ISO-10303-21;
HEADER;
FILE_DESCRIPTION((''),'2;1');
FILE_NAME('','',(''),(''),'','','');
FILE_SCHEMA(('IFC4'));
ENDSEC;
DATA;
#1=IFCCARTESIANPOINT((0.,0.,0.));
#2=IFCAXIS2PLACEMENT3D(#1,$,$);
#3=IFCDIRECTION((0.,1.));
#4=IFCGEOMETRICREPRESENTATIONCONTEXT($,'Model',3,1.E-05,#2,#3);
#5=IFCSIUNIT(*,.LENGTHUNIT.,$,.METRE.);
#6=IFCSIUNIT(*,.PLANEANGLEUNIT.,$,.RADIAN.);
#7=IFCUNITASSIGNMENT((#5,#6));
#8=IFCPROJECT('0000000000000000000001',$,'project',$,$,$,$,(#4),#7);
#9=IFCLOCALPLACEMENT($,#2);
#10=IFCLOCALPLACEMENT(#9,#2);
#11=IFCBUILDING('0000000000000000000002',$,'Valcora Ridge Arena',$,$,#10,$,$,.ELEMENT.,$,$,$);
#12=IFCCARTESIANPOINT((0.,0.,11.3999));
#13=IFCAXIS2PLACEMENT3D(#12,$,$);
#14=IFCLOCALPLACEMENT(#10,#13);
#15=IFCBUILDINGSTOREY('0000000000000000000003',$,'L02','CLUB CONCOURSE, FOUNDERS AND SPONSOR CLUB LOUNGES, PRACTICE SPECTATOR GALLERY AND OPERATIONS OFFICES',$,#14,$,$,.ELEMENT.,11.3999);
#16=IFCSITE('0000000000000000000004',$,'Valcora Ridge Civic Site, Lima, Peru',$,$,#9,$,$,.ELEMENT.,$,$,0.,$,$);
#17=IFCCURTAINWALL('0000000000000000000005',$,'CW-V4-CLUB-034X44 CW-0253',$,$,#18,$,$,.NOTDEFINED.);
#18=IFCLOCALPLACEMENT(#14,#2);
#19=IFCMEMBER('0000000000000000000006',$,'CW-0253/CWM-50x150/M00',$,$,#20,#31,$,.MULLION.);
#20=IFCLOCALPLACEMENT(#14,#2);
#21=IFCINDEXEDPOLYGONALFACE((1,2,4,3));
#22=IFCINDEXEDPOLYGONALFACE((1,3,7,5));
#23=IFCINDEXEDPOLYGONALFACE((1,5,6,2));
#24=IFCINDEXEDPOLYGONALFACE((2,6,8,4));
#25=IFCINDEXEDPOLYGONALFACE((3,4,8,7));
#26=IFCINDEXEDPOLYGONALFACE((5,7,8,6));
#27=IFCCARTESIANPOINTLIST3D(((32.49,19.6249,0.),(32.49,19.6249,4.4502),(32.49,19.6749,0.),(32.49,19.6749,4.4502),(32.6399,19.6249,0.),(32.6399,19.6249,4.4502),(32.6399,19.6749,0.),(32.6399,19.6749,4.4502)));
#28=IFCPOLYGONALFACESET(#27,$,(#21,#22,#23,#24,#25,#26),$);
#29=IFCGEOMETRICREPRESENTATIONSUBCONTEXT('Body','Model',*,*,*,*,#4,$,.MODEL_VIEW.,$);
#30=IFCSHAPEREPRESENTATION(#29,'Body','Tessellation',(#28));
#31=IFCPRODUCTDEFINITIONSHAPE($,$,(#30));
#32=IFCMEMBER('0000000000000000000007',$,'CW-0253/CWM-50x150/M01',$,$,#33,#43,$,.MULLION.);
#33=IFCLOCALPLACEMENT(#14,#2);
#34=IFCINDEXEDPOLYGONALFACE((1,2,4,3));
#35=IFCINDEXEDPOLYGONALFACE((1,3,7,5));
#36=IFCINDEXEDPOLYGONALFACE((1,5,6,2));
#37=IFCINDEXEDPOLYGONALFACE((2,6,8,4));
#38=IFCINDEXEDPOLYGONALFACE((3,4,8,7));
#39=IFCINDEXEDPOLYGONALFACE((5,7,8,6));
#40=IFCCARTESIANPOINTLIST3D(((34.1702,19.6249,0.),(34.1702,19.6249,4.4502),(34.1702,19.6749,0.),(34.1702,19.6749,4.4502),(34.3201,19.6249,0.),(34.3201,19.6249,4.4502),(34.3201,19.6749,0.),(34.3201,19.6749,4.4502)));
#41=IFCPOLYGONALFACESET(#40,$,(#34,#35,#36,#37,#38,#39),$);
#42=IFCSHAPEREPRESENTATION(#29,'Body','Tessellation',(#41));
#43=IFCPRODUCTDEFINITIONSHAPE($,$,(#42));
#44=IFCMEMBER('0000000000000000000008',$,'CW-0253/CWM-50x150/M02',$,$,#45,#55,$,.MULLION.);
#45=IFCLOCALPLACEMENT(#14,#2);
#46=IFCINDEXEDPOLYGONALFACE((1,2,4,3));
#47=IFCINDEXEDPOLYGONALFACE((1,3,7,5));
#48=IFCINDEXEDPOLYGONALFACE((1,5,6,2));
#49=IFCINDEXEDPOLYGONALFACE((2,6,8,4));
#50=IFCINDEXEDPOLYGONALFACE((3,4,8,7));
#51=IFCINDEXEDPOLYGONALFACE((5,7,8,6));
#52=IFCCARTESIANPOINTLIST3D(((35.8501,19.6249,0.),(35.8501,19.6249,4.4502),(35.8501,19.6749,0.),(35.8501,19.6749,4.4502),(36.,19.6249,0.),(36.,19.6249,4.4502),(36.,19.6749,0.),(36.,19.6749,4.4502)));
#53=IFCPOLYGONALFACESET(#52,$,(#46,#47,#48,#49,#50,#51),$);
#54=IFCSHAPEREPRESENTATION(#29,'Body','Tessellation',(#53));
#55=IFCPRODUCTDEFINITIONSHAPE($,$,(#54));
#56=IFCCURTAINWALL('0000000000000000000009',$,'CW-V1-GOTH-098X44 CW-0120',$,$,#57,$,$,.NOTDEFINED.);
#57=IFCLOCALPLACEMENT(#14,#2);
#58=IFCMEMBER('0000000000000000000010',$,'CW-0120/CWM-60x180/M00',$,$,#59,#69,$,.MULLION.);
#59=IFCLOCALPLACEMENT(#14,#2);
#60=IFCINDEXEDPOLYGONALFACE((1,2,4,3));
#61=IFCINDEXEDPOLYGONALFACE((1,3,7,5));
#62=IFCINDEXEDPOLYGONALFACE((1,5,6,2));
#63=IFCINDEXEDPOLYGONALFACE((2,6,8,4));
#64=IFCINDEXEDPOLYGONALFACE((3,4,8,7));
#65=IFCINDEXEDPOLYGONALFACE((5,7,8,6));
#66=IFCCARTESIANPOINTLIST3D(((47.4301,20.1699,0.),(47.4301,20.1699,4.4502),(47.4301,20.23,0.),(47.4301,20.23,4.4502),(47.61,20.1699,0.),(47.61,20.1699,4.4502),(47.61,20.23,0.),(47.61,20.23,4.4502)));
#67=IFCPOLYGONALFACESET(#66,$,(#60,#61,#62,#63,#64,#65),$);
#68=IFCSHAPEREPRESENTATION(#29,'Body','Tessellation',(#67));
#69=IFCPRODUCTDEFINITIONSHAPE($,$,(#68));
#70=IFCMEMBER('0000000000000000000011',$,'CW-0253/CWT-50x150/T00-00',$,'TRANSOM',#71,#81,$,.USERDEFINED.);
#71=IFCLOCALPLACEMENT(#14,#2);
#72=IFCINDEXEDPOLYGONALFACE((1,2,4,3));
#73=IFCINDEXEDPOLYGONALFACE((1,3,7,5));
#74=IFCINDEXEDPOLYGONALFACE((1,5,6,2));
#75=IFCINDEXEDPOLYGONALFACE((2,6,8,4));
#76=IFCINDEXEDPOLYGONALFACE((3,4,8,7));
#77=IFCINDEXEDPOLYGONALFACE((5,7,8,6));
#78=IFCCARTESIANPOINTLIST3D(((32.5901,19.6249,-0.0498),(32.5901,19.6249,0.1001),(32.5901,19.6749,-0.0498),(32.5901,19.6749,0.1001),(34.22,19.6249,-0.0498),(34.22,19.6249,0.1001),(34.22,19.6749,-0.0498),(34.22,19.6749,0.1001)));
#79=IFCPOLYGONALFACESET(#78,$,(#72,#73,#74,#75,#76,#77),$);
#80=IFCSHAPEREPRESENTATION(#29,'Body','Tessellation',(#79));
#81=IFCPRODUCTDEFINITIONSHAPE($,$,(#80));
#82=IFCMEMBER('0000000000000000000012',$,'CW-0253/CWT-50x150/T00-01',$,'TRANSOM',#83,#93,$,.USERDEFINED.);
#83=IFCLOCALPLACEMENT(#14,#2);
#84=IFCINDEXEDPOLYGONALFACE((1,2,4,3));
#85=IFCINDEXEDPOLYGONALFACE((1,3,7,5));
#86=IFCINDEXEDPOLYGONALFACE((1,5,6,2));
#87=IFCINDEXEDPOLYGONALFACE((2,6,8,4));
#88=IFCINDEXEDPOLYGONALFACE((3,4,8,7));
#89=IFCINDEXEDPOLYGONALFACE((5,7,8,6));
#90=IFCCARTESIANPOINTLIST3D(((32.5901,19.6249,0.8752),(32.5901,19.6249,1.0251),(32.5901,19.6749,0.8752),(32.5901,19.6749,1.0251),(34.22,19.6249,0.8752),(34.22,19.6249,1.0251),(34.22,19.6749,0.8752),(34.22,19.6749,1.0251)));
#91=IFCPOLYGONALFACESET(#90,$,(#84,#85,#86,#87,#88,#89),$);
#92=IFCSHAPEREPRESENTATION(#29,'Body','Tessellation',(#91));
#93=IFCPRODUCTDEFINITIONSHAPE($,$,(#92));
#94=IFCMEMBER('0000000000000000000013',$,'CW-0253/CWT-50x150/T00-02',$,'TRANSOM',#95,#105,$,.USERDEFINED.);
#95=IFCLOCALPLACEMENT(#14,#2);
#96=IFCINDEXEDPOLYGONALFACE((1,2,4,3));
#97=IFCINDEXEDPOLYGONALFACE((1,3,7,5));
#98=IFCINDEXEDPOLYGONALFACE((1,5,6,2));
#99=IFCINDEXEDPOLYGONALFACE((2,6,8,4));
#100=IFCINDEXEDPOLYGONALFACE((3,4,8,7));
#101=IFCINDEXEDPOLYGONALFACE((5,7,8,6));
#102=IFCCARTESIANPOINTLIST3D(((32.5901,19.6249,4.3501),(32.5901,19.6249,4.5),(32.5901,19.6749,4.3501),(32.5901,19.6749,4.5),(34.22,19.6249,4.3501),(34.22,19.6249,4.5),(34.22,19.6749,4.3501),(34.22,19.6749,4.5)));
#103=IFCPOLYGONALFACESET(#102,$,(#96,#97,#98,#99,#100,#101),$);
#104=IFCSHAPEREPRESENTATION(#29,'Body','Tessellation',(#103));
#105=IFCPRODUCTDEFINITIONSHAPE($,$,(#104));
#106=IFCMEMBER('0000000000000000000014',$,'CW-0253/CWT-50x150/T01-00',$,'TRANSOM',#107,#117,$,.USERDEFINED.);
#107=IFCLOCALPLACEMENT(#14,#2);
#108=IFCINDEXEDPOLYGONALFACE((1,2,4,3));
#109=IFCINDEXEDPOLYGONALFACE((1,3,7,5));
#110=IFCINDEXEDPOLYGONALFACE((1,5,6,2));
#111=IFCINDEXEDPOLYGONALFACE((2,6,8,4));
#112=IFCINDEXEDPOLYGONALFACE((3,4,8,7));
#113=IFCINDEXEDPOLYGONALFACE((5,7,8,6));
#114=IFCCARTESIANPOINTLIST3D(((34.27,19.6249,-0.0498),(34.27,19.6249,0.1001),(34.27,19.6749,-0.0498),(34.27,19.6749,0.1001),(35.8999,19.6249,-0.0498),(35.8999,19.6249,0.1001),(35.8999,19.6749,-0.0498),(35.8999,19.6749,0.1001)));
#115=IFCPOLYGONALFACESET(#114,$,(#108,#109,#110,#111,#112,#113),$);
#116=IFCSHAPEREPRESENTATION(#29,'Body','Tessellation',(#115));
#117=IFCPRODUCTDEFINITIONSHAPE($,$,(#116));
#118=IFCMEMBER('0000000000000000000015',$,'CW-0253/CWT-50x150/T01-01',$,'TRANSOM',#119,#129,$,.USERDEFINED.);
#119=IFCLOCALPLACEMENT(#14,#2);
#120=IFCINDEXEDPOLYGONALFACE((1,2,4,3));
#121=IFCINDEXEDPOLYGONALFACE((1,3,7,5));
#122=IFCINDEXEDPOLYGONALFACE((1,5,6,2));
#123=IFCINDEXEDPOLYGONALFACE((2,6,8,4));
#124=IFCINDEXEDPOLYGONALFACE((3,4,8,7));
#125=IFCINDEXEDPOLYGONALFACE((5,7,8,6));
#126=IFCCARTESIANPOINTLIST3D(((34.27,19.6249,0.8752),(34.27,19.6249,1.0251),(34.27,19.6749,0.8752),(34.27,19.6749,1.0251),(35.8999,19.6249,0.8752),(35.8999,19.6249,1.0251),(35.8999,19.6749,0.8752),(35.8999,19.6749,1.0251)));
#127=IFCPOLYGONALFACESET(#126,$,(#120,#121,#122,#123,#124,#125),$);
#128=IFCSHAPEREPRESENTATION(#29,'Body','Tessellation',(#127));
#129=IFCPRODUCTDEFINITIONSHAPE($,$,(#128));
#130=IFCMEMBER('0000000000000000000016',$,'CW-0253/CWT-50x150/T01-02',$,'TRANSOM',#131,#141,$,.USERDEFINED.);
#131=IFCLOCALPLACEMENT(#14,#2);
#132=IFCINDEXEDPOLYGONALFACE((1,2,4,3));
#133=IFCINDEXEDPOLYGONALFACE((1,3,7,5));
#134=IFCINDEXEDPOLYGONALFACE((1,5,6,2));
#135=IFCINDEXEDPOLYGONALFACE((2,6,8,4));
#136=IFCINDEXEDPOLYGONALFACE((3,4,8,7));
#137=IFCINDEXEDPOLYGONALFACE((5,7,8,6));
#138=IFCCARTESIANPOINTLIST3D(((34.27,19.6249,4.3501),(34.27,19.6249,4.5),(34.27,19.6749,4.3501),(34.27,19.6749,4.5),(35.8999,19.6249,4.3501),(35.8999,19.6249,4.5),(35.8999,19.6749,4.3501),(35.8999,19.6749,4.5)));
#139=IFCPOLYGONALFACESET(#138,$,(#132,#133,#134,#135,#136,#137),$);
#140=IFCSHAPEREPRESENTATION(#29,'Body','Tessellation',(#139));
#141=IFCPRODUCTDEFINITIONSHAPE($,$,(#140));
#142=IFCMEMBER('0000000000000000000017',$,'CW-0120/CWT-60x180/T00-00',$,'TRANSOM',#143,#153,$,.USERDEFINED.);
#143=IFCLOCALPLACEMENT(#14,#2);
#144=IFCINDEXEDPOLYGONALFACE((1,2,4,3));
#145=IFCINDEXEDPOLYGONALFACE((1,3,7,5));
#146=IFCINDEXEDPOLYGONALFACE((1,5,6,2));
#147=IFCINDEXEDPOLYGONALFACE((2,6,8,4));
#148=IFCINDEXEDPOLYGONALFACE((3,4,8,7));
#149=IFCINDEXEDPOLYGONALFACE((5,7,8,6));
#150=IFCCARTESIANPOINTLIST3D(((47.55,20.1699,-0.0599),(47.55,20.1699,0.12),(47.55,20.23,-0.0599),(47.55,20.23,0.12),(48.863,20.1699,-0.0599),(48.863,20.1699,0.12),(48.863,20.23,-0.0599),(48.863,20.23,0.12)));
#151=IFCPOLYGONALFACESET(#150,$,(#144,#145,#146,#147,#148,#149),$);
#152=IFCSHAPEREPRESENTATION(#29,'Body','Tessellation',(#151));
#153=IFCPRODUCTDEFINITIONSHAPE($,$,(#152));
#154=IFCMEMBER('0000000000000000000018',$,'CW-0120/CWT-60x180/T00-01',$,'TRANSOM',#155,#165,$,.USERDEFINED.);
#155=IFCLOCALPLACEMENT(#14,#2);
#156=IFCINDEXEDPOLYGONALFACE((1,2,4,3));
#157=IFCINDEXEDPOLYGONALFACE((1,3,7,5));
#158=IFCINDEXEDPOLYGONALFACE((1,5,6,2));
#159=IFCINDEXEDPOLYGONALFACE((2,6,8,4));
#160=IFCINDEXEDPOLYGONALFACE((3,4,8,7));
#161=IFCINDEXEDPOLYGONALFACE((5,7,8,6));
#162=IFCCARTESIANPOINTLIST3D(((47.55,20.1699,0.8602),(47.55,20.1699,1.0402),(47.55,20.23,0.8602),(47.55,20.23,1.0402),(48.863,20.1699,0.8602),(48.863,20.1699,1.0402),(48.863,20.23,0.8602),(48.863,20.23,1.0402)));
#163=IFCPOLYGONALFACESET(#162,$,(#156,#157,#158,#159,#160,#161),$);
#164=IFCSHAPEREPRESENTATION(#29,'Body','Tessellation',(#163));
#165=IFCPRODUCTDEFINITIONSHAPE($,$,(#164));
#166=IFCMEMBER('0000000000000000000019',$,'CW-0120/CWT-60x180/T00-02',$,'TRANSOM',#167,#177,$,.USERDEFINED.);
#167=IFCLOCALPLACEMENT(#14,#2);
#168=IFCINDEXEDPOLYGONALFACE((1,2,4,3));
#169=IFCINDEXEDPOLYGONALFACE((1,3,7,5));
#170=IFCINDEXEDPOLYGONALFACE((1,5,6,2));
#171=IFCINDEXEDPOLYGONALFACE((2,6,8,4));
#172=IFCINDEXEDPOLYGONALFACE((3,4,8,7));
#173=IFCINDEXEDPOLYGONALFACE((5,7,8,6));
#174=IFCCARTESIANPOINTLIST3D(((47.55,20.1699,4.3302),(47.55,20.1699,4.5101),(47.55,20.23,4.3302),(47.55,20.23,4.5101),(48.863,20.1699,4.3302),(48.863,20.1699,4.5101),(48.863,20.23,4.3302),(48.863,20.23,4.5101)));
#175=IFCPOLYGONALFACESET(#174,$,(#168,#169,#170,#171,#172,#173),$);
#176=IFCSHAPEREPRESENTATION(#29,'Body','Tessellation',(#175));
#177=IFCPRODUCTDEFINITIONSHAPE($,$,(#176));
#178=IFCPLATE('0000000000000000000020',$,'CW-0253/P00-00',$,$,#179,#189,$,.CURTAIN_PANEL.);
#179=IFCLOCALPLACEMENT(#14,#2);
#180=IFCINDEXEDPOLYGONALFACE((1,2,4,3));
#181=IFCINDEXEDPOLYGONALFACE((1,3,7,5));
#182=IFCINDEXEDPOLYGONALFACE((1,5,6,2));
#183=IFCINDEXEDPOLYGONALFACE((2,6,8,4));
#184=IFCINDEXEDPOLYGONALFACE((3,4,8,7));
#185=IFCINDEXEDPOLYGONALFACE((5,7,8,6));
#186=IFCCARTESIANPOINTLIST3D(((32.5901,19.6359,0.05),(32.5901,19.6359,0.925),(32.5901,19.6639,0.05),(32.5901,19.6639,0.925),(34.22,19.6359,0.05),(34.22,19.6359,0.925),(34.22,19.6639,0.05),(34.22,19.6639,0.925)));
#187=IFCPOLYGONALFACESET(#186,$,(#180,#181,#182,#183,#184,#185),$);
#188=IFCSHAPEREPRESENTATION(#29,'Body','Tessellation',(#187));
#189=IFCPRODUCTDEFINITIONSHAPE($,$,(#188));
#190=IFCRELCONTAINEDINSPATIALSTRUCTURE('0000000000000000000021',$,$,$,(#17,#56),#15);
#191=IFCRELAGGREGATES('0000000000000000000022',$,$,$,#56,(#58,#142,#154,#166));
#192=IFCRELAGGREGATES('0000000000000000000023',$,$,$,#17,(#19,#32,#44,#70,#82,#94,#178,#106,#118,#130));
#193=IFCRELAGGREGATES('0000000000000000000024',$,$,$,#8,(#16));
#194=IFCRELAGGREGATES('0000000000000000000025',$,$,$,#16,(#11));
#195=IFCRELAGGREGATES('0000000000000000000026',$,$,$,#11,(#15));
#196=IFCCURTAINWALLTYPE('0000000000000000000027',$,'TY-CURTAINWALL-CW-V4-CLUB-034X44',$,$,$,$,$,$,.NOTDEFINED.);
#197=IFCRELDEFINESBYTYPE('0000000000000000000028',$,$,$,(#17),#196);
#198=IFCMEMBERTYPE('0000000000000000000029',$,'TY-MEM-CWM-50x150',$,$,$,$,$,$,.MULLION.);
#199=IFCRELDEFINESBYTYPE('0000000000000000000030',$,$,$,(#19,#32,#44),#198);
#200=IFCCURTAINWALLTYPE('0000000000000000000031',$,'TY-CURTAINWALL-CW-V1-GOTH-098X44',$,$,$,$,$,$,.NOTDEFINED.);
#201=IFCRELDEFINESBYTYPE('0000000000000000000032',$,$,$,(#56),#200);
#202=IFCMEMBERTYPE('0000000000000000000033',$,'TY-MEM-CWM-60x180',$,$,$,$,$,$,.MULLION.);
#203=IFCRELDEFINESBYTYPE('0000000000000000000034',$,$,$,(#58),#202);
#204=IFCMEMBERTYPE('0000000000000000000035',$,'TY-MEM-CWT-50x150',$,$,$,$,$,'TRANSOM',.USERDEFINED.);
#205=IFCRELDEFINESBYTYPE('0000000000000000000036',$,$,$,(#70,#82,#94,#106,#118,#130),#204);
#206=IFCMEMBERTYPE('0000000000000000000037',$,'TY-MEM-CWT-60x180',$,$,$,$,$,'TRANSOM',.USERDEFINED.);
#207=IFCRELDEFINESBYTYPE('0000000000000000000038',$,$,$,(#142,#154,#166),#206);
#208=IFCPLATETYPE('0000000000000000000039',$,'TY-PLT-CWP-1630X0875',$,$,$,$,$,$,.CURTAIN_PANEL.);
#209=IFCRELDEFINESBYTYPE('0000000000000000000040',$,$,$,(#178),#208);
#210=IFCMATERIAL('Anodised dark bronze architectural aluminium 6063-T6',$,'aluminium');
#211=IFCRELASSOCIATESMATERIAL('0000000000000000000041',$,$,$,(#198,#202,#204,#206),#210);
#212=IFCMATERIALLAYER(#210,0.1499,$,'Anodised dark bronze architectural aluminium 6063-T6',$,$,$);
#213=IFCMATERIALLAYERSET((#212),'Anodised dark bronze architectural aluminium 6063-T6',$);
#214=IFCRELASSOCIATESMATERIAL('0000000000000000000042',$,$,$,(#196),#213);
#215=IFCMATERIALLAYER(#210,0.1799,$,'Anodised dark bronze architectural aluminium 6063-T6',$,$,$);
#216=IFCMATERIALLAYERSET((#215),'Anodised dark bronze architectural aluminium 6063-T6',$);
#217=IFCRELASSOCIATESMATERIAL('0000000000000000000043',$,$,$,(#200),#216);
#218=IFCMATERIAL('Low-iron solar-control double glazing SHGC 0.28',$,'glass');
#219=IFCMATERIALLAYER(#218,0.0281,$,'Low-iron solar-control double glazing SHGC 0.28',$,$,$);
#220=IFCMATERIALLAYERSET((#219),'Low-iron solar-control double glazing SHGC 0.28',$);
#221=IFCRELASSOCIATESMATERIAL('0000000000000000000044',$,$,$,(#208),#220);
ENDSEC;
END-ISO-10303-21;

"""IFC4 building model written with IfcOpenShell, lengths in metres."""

from ifc_helpers import new_model, si_unit, direction, frame, origin, origin_2d, place, context, subcontext, project, spatial, rectangle, extrude, material, layer, layer_set, material_profile, profile_set, type_object, element, aggregate, save


model = new_model("IFC4")

# Units and contexts
model_context = context("Model", 3, precision=1e-05, world=origin(), true_north=direction((0.0, 1.0)))
body_context = subcontext(model_context, "Body", "Model", "MODEL_VIEW")
ifc_project = project(units=[si_unit("LENGTHUNIT", "METRE"), si_unit("PLANEANGLEUNIT", "RADIAN")], contexts=[model_context])

# Site, building, storey
site_placement = place(None, origin())
site = spatial("IfcSite", under=ifc_project, at=site_placement, Name="Valcora Ridge Civic Site, Lima, Peru", CompositionType="ELEMENT", RefElevation=0.0)
building_placement = place(site_placement, origin())
building = spatial("IfcBuilding", under=site, at=building_placement, Name="Valcora Ridge Arena", CompositionType="ELEMENT")
storey_placement = place(building_placement, frame((0.0, 0.0, 11.3999)))
storey = spatial("IfcBuildingStorey", under=building, at=storey_placement, Name="L02", Description="CLUB CONCOURSE, FOUNDERS AND SPONSOR CLUB LOUNGES, PRACTICE SPECTATOR GALLERY AND OPERATIONS OFFICES", CompositionType="ELEMENT", Elevation=11.3999)

# Shared definitions
ifc_material_1 = material(Name="Anodised dark bronze architectural aluminium 6063-T6", Category="aluminium")
ifc_material_profile_1 = material_profile(ifc_material_1, rectangle(XDim=0.05, YDim=0.1499, at=origin_2d()), Name="ALU MULLION 50x150")
ifc_profile_set_1 = profile_set([ifc_material_profile_1], Name="Anodised dark bronze architectural aluminium 6063-T6")
member_type_1 = type_object("IfcMemberType", Name="TY-MEM-CWM-50x150", PredefinedType="MULLION", material=ifc_profile_set_1)

# Curtain wall, members
ifc_layer_1 = layer(ifc_material_1, 0.1499, Name="Anodised dark bronze architectural aluminium 6063-T6")
ifc_layer_set_1 = layer_set([ifc_layer_1], Name="Anodised dark bronze architectural aluminium 6063-T6")
curtain_wall_type_1 = type_object("IfcCurtainWallType", Name="TY-CURTAINWALL-CW-V4-CLUB-034X44", PredefinedType="NOTDEFINED", material=ifc_layer_set_1)
curtain_wall_1_placement = place(storey_placement, origin())
curtain_wall_1 = element("IfcCurtainWall", 1, at=curtain_wall_1_placement, inside=storey, type_object=curtain_wall_type_1, Name="CW-V4-CLUB-034X44 CW-0253", PredefinedType="NOTDEFINED")
member_1_placement = place(storey_placement, frame((32.5649, 19.6499, 0.0), z_axis=(0.0, 0.0, 1.0), x_axis=(0.0, 1.0, 0.0)))
member_1 = element("IfcMember", 2, at=member_1_placement, type_object=member_type_1, Name="CW-0253/CWM-50x150/M00", PredefinedType="MULLION", context=body_context, shape_type="SweptSolid", body=[
    extrude(rectangle(XDim=0.05, YDim=0.1499, at=origin_2d()), origin(), (0.0, 0.0, 1.0), 4.4502),
])
member_2_placement = place(storey_placement, frame((34.2451, 19.6499, 0.0), z_axis=(0.0, 0.0, 1.0), x_axis=(0.0, 1.0, 0.0)))
member_2 = element("IfcMember", 3, at=member_2_placement, type_object=member_type_1, Name="CW-0253/CWM-50x150/M01", PredefinedType="MULLION", context=body_context, shape_type="SweptSolid", body=[
    extrude(rectangle(XDim=0.05, YDim=0.1499, at=origin_2d()), origin(), (0.0, 0.0, 1.0), 4.4502),
])
member_3_placement = place(storey_placement, frame((35.925, 19.6499, 0.0), z_axis=(0.0, 0.0, 1.0), x_axis=(0.0, 1.0, 0.0)))
member_3 = element("IfcMember", 4, at=member_3_placement, type_object=member_type_1, Name="CW-0253/CWM-50x150/M02", PredefinedType="MULLION", context=body_context, shape_type="SweptSolid", body=[
    extrude(rectangle(XDim=0.05, YDim=0.1499, at=origin_2d()), origin(), (0.0, 0.0, 1.0), 4.4502),
])

# Curtain wall, member
ifc_layer_2 = layer(ifc_material_1, 0.1799, Name="Anodised dark bronze architectural aluminium 6063-T6")
ifc_layer_set_2 = layer_set([ifc_layer_2], Name="Anodised dark bronze architectural aluminium 6063-T6")
curtain_wall_type_2 = type_object("IfcCurtainWallType", Name="TY-CURTAINWALL-CW-V1-GOTH-098X44", PredefinedType="NOTDEFINED", material=ifc_layer_set_2)
curtain_wall_2_placement = place(storey_placement, origin())
curtain_wall_2 = element("IfcCurtainWall", 5, at=curtain_wall_2_placement, inside=storey, type_object=curtain_wall_type_2, Name="CW-V1-GOTH-098X44 CW-0120", PredefinedType="NOTDEFINED")
ifc_material_profile_2 = material_profile(ifc_material_1, rectangle(XDim=0.0601, YDim=0.1799, at=origin_2d()), Name="ALU MULLION 60x180")
ifc_profile_set_2 = profile_set([ifc_material_profile_2], Name="Anodised dark bronze architectural aluminium 6063-T6")
member_type_2 = type_object("IfcMemberType", Name="TY-MEM-CWM-60x180", PredefinedType="MULLION", material=ifc_profile_set_2)
member_4_placement = place(storey_placement, frame((47.52, 20.2, 0.0), z_axis=(0.0, 0.0, 1.0), x_axis=(0.0, 1.0, 0.0)))
member_4 = element("IfcMember", 6, at=member_4_placement, type_object=member_type_2, Name="CW-0120/CWM-60x180/M00", PredefinedType="MULLION", context=body_context, shape_type="SweptSolid", body=[
    extrude(rectangle(XDim=0.0601, YDim=0.1799, at=origin_2d()), origin(), (0.0, 0.0, 1.0), 4.4502),
])

# Members
ifc_material_profile_3 = material_profile(ifc_material_1, rectangle(XDim=0.05, YDim=0.1499, at=origin_2d()), Name="ALU TRANSOM 50x150")
ifc_profile_set_3 = profile_set([ifc_material_profile_3], Name="Anodised dark bronze architectural aluminium 6063-T6")
member_type_3 = type_object("IfcMemberType", Name="TY-MEM-CWT-50x150", ElementType="TRANSOM", PredefinedType="USERDEFINED", material=ifc_profile_set_3)
member_5_placement = place(storey_placement, frame((32.5901, 19.6499, 0.0251), z_axis=(1.0, 0.0, 0.0), x_axis=(0.0, 1.0, 0.0)))
member_5 = element("IfcMember", 7, at=member_5_placement, type_object=member_type_3, Name="CW-0253/CWT-50x150/T00-00", ObjectType="TRANSOM", PredefinedType="USERDEFINED", context=body_context, shape_type="SweptSolid", body=[
    extrude(rectangle(XDim=0.05, YDim=0.1499, at=origin_2d()), origin(), (0.0, 0.0, 1.0), 1.6299),
])
member_6_placement = place(storey_placement, frame((32.5901, 19.6499, 0.9502), z_axis=(1.0, 0.0, 0.0), x_axis=(0.0, 1.0, 0.0)))
member_6 = element("IfcMember", 8, at=member_6_placement, type_object=member_type_3, Name="CW-0253/CWT-50x150/T00-01", ObjectType="TRANSOM", PredefinedType="USERDEFINED", context=body_context, shape_type="SweptSolid", body=[
    extrude(rectangle(XDim=0.05, YDim=0.1499, at=origin_2d()), origin(), (0.0, 0.0, 1.0), 1.6299),
])
member_7_placement = place(storey_placement, frame((32.5901, 19.6499, 4.425), z_axis=(1.0, 0.0, 0.0), x_axis=(0.0, 1.0, 0.0)))
member_7 = element("IfcMember", 9, at=member_7_placement, type_object=member_type_3, Name="CW-0253/CWT-50x150/T00-02", ObjectType="TRANSOM", PredefinedType="USERDEFINED", context=body_context, shape_type="SweptSolid", body=[
    extrude(rectangle(XDim=0.05, YDim=0.1499, at=origin_2d()), origin(), (0.0, 0.0, 1.0), 1.6299),
])
member_8_placement = place(storey_placement, frame((34.27, 19.6499, 0.0251), z_axis=(1.0, 0.0, 0.0), x_axis=(0.0, 1.0, 0.0)))
member_8 = element("IfcMember", 10, at=member_8_placement, type_object=member_type_3, Name="CW-0253/CWT-50x150/T01-00", ObjectType="TRANSOM", PredefinedType="USERDEFINED", context=body_context, shape_type="SweptSolid", body=[
    extrude(rectangle(XDim=0.05, YDim=0.1499, at=origin_2d()), origin(), (0.0, 0.0, 1.0), 1.6299),
])
member_9_placement = place(storey_placement, frame((34.27, 19.6499, 0.9502), z_axis=(1.0, 0.0, 0.0), x_axis=(0.0, 1.0, 0.0)))
member_9 = element("IfcMember", 11, at=member_9_placement, type_object=member_type_3, Name="CW-0253/CWT-50x150/T01-01", ObjectType="TRANSOM", PredefinedType="USERDEFINED", context=body_context, shape_type="SweptSolid", body=[
    extrude(rectangle(XDim=0.05, YDim=0.1499, at=origin_2d()), origin(), (0.0, 0.0, 1.0), 1.6299),
])
member_10_placement = place(storey_placement, frame((34.27, 19.6499, 4.425), z_axis=(1.0, 0.0, 0.0), x_axis=(0.0, 1.0, 0.0)))
member_10 = element("IfcMember", 12, at=member_10_placement, type_object=member_type_3, Name="CW-0253/CWT-50x150/T01-02", ObjectType="TRANSOM", PredefinedType="USERDEFINED", context=body_context, shape_type="SweptSolid", body=[
    extrude(rectangle(XDim=0.05, YDim=0.1499, at=origin_2d()), origin(), (0.0, 0.0, 1.0), 1.6299),
])
ifc_material_profile_4 = material_profile(ifc_material_1, rectangle(XDim=0.0601, YDim=0.1799, at=origin_2d()), Name="ALU TRANSOM 60x180")
ifc_profile_set_4 = profile_set([ifc_material_profile_4], Name="Anodised dark bronze architectural aluminium 6063-T6")
member_type_4 = type_object("IfcMemberType", Name="TY-MEM-CWT-60x180", ElementType="TRANSOM", PredefinedType="USERDEFINED", material=ifc_profile_set_4)
member_11_placement = place(storey_placement, frame((47.55, 20.2, 0.03), z_axis=(1.0, 0.0, 0.0), x_axis=(0.0, 1.0, 0.0)))
member_11 = element("IfcMember", 13, at=member_11_placement, type_object=member_type_4, Name="CW-0120/CWT-60x180/T00-00", ObjectType="TRANSOM", PredefinedType="USERDEFINED", context=body_context, shape_type="SweptSolid", body=[
    extrude(rectangle(XDim=0.0601, YDim=0.1799, at=origin_2d()), origin(), (0.0, 0.0, 1.0), 1.313),
])
member_12_placement = place(storey_placement, frame((47.55, 20.2, 0.9502), z_axis=(1.0, 0.0, 0.0), x_axis=(0.0, 1.0, 0.0)))
member_12 = element("IfcMember", 14, at=member_12_placement, type_object=member_type_4, Name="CW-0120/CWT-60x180/T00-01", ObjectType="TRANSOM", PredefinedType="USERDEFINED", context=body_context, shape_type="SweptSolid", body=[
    extrude(rectangle(XDim=0.0601, YDim=0.1799, at=origin_2d()), origin(), (0.0, 0.0, 1.0), 1.313),
])
member_13_placement = place(storey_placement, frame((47.55, 20.2, 4.4202), z_axis=(1.0, 0.0, 0.0), x_axis=(0.0, 1.0, 0.0)))
member_13 = element("IfcMember", 15, at=member_13_placement, type_object=member_type_4, Name="CW-0120/CWT-60x180/T00-02", ObjectType="TRANSOM", PredefinedType="USERDEFINED", context=body_context, shape_type="SweptSolid", body=[
    extrude(rectangle(XDim=0.0601, YDim=0.1799, at=origin_2d()), origin(), (0.0, 0.0, 1.0), 1.313),
])
aggregate(curtain_wall_2, [member_4, member_11, member_12, member_13])

# Plate
ifc_material_2 = material(Name="Low-iron solar-control double glazing SHGC 0.28", Category="glass")
ifc_layer_3 = layer(ifc_material_2, 0.0281, Name="Low-iron solar-control double glazing SHGC 0.28")
ifc_layer_set_3 = layer_set([ifc_layer_3], Name="Low-iron solar-control double glazing SHGC 0.28")
plate_type_1 = type_object("IfcPlateType", Name="TY-PLT-CWP-1630X0875", PredefinedType="CURTAIN_PANEL", material=ifc_layer_set_3)
plate_1_placement = place(storey_placement, frame((33.405, 19.6499, 0.05), z_axis=(0.0, 0.0, 1.0), x_axis=(1.0, 0.0, 0.0)))
plate_1 = element("IfcPlate", 16, at=plate_1_placement, type_object=plate_type_1, Name="CW-0253/P00-00", PredefinedType="CURTAIN_PANEL", context=body_context, shape_type="SweptSolid", body=[
    extrude(rectangle(XDim=1.6299, YDim=0.0281, at=origin_2d()), origin(), (0.0, 0.0, 1.0), 0.875),
])
aggregate(curtain_wall_1, [member_1, member_2, member_3, member_5, member_6, member_7, plate_1, member_8, member_9, member_10])

save(model, "model.ifc")
